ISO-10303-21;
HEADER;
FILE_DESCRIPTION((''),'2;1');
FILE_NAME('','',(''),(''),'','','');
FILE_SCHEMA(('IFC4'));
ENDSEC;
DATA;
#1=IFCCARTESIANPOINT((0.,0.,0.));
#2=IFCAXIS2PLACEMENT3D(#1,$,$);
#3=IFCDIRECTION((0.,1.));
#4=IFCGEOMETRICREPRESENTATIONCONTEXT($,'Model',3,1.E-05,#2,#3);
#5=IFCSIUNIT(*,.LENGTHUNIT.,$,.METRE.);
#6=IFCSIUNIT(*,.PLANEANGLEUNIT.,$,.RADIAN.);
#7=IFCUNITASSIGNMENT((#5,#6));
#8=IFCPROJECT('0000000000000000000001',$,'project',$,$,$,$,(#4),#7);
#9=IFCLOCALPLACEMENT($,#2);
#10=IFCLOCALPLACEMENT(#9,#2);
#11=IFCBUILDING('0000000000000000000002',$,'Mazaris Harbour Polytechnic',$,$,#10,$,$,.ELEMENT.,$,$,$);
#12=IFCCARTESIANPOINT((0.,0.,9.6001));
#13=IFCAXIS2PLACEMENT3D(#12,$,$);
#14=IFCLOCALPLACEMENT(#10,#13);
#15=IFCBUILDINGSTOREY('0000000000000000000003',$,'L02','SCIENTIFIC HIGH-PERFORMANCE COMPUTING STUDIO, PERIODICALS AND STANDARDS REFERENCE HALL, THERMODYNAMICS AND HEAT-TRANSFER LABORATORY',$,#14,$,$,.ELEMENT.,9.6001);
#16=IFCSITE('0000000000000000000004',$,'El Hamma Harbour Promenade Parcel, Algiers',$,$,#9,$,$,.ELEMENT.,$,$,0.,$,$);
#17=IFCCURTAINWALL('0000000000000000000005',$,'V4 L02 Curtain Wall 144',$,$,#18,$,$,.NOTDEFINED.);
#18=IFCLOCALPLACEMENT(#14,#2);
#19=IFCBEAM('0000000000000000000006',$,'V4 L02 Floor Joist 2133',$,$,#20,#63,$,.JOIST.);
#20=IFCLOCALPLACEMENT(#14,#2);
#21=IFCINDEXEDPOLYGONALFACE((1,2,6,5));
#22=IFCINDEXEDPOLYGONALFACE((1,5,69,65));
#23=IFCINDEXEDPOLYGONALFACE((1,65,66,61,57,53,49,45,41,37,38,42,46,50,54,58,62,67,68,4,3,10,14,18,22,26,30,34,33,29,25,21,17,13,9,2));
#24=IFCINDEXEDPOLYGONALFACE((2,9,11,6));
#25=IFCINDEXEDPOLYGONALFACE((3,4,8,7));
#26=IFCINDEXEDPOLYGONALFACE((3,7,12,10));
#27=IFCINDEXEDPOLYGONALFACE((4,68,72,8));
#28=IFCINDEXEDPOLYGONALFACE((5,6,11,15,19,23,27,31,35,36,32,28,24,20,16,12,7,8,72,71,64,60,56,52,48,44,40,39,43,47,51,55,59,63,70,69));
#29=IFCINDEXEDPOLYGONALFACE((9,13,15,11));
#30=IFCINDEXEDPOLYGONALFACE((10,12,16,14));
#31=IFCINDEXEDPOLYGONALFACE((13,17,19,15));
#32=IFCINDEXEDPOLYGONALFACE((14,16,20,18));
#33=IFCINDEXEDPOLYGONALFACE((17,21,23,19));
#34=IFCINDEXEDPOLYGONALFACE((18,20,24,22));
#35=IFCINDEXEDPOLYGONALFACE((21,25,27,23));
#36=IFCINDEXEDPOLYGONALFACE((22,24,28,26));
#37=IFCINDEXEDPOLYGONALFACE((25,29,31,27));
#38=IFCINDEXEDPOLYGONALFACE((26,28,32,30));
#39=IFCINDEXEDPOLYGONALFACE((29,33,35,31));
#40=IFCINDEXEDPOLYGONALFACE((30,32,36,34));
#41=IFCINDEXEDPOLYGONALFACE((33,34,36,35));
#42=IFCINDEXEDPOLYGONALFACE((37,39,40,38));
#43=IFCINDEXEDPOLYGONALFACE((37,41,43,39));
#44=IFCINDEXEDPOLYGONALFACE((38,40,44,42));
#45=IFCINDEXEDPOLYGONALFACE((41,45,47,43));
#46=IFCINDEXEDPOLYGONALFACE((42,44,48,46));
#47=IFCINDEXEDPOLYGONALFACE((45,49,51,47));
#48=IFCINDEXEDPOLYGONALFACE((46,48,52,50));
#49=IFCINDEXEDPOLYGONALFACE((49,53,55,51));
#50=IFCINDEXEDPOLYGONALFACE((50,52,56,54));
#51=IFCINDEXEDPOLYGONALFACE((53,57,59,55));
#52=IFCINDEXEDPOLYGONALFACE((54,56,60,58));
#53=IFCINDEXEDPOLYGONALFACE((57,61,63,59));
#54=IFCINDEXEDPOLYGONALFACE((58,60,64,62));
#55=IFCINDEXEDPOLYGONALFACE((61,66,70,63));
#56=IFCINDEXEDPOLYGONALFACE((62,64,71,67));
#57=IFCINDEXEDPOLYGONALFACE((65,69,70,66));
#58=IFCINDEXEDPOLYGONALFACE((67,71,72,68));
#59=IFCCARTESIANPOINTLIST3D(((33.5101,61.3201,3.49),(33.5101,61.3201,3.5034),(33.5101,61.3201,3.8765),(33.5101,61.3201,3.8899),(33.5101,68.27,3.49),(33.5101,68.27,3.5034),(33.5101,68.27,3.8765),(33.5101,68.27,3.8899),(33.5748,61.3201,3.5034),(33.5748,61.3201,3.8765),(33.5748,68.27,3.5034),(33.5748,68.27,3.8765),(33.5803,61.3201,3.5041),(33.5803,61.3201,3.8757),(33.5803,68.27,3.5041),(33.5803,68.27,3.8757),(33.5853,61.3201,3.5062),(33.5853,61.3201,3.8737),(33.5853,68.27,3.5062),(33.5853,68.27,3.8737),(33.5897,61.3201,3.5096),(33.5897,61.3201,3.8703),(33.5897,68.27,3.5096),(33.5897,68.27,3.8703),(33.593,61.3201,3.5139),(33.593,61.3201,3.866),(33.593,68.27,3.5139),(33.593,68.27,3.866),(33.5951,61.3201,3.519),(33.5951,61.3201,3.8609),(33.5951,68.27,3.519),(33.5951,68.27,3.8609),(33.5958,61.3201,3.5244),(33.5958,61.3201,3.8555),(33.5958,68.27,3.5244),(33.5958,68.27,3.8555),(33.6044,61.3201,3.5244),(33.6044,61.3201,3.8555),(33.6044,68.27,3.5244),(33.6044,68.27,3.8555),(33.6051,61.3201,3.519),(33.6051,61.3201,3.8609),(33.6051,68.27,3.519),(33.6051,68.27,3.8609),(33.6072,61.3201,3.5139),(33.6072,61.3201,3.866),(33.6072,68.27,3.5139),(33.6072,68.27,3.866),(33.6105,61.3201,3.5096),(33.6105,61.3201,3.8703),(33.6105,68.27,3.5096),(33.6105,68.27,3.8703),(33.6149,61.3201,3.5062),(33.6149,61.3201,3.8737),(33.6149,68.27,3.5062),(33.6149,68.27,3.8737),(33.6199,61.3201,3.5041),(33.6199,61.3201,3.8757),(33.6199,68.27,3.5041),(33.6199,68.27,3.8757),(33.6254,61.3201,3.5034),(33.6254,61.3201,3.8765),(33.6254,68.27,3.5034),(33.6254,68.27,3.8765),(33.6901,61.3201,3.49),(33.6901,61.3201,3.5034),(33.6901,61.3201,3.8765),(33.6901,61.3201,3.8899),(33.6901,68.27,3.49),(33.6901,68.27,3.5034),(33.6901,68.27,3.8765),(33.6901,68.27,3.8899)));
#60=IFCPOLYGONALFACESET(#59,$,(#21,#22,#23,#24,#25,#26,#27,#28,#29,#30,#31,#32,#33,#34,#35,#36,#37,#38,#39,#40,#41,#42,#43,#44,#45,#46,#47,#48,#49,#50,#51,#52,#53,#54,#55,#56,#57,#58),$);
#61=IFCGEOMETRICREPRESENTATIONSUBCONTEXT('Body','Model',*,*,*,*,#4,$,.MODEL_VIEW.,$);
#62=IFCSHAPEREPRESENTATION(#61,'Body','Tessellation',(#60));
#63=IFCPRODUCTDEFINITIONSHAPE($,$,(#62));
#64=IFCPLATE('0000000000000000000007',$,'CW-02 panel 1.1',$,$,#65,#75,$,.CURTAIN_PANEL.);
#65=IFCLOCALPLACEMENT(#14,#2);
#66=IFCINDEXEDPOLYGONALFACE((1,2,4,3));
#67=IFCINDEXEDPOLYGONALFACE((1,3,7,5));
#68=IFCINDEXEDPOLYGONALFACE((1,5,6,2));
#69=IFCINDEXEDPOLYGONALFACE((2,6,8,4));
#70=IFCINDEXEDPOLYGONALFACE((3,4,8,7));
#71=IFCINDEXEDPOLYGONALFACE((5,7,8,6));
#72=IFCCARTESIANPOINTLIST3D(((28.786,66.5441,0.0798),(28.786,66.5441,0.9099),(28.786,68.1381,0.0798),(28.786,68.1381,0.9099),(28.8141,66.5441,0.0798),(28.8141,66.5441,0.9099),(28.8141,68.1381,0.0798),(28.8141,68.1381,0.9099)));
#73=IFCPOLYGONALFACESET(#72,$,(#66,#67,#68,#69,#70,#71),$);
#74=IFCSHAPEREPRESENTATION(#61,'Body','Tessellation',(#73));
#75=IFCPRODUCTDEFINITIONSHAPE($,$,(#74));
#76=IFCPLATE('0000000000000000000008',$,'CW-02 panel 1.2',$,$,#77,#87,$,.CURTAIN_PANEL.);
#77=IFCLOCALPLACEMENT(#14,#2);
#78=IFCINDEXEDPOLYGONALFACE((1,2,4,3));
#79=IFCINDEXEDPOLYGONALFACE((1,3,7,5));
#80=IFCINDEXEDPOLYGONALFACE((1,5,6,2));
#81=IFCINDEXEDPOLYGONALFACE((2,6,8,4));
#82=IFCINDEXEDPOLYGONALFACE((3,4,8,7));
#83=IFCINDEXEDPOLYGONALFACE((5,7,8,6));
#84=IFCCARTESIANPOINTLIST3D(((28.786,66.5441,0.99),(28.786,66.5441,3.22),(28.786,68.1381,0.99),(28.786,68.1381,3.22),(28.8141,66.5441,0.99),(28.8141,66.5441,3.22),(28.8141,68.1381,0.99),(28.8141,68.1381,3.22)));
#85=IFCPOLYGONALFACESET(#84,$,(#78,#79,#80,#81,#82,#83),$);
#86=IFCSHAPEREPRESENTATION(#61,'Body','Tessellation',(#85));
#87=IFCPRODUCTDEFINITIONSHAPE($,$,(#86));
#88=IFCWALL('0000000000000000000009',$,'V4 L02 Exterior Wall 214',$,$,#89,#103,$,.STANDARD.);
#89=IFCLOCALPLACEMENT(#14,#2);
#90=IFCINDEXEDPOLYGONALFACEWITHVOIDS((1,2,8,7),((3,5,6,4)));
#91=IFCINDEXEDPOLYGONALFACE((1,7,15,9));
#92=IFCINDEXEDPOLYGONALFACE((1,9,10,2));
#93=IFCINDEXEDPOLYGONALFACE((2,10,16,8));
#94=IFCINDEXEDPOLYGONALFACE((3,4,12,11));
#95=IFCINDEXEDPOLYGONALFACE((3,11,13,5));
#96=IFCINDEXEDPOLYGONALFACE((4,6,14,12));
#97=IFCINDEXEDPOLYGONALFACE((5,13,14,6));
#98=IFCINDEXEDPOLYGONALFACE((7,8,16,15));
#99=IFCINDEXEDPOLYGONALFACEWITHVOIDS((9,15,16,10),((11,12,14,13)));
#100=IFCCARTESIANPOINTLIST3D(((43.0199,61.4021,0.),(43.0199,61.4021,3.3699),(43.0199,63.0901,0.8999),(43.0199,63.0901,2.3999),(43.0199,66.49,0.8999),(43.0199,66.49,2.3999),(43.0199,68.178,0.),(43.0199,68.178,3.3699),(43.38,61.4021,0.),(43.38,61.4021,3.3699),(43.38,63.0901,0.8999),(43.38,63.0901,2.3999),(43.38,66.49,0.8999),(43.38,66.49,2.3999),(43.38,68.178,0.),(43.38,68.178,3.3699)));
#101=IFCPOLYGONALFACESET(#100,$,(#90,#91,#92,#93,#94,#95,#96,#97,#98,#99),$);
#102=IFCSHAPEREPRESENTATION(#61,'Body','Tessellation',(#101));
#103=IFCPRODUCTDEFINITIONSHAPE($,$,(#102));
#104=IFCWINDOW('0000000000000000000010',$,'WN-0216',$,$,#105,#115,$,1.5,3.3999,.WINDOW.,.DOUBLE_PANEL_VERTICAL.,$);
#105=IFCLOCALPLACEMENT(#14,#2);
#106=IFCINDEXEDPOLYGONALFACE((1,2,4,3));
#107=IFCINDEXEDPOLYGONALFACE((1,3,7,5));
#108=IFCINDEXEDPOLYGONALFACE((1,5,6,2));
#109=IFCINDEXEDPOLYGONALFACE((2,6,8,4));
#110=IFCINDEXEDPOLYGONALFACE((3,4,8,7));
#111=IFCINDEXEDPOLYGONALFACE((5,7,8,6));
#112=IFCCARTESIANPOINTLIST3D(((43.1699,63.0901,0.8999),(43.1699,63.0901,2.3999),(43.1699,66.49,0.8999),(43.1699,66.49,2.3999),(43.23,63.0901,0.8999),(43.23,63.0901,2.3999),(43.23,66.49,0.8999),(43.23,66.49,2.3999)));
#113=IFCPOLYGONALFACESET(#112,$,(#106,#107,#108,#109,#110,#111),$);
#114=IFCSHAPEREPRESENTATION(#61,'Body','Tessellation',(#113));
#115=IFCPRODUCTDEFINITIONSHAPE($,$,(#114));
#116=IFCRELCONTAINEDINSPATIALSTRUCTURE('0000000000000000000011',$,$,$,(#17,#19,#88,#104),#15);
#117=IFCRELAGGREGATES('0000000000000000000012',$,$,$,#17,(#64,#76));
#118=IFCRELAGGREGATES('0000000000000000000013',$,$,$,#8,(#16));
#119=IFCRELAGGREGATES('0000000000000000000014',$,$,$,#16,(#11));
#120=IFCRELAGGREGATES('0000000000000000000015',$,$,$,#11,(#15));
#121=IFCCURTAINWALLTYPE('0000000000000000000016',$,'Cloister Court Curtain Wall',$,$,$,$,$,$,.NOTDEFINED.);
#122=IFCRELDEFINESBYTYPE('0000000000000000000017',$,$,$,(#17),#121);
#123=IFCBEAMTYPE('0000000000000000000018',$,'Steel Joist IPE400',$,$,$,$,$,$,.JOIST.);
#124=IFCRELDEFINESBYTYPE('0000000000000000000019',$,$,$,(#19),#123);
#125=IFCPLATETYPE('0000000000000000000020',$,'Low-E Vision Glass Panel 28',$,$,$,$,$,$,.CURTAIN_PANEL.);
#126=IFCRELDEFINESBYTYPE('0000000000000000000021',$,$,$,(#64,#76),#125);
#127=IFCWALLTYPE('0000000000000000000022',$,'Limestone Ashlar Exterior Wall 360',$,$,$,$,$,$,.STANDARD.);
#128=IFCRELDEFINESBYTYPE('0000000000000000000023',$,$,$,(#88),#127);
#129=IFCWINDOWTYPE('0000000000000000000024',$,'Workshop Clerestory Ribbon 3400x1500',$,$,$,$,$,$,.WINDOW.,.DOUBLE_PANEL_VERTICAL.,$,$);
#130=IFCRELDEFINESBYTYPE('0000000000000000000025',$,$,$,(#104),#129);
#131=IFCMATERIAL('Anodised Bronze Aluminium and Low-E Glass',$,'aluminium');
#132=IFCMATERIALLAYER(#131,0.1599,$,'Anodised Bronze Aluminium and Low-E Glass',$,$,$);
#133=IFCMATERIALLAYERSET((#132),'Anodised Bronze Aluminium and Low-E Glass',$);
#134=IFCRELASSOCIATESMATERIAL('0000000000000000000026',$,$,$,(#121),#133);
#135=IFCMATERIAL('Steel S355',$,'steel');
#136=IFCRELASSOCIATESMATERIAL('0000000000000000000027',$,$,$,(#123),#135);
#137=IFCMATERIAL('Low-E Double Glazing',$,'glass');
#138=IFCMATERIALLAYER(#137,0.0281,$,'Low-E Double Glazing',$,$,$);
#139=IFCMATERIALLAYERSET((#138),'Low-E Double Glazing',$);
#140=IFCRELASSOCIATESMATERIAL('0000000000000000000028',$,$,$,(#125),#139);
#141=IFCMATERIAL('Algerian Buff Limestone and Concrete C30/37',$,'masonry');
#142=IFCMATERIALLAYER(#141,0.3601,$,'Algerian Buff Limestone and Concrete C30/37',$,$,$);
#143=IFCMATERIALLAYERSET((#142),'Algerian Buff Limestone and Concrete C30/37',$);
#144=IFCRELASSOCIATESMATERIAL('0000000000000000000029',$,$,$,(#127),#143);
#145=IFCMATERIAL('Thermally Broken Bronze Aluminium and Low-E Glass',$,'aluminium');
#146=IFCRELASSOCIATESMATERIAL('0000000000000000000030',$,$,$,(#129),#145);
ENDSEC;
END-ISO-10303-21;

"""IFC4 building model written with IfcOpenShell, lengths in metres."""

from ifc_helpers import new_model, si_unit, direction, frame, frame_2d, origin, origin_2d, place, context, subcontext, project, spatial, rectangle, i_section, extrude, material, layer, layer_set, material_profile, profile_set, type_object, element, fill, aggregate, save


model = new_model("IFC4")

# Units and contexts
model_context = context("Model", 3, precision=1e-05, world=origin(), true_north=direction((0.0, 1.0)))
body_context = subcontext(model_context, "Body", "Model", "MODEL_VIEW")
ifc_project = project(units=[si_unit("LENGTHUNIT", "METRE"), si_unit("PLANEANGLEUNIT", "RADIAN")], contexts=[model_context])

# Site, building, storey
site_placement = place(None, origin())
site = spatial("IfcSite", under=ifc_project, at=site_placement, Name="El Hamma Harbour Promenade Parcel, Algiers", CompositionType="ELEMENT", RefElevation=0.0)
building_placement = place(site_placement, origin())
building = spatial("IfcBuilding", under=site, at=building_placement, Name="Mazaris Harbour Polytechnic", CompositionType="ELEMENT")
storey_placement = place(building_placement, frame((0.0, 0.0, 9.6001)))
storey = spatial("IfcBuildingStorey", under=building, at=storey_placement, Name="L02", Description="SCIENTIFIC HIGH-PERFORMANCE COMPUTING STUDIO, PERIODICALS AND STANDARDS REFERENCE HALL, THERMODYNAMICS AND HEAT-TRANSFER LABORATORY", CompositionType="ELEMENT", Elevation=9.6001)

# Curtain wall
ifc_material_1 = material(Name="Anodised Bronze Aluminium and Low-E Glass", Category="aluminium")
ifc_layer_1 = layer(ifc_material_1, 0.1599, Name="Anodised Bronze Aluminium and Low-E Glass")
ifc_layer_set_1 = layer_set([ifc_layer_1], Name="Anodised Bronze Aluminium and Low-E Glass")
curtain_wall_type = type_object("IfcCurtainWallType", Name="Cloister Court Curtain Wall", PredefinedType="NOTDEFINED", material=ifc_layer_set_1)
curtain_wall_placement = place(storey_placement, origin())
curtain_wall = element("IfcCurtainWall", 1, at=curtain_wall_placement, inside=storey, type_object=curtain_wall_type, Name="V4 L02 Curtain Wall 144", PredefinedType="NOTDEFINED")

# Beam
ifc_material_2 = material(Name="Steel S355", Category="steel")
ifc_material_profile_1 = material_profile(ifc_material_2, i_section(OverallWidth=0.1799, OverallDepth=0.3999, WebThickness=0.0085, FlangeThickness=0.0134, FilletRadius=0.021, at=origin_2d()), Name="IPE 400")
ifc_profile_set_1 = profile_set([ifc_material_profile_1], Name="Steel S355")
beam_type_1 = type_object("IfcBeamType", Name="Steel Joist IPE400", PredefinedType="JOIST", material=ifc_profile_set_1)
beam_1_placement = place(storey_placement, frame((33.6001, 61.3201, 3.6899), z_axis=(0.0, 1.0, 0.0), x_axis=(-1.0, 0.0, 0.0)))
element("IfcBeam", 2, at=beam_1_placement, inside=storey, type_object=beam_type_1, Name="V4 L02 Floor Joist 2133", PredefinedType="JOIST", context=body_context, shape_type="SweptSolid", body=[
    extrude(i_section(OverallWidth=0.1799, OverallDepth=0.3999, WebThickness=0.0085, FlangeThickness=0.0134, FilletRadius=0.021, at=origin_2d()), origin(), (0.0, 0.0, 1.0), 6.95),
])

# Plates
ifc_material_3 = material(Name="Low-E Double Glazing", Category="glass")
ifc_layer_2 = layer(ifc_material_3, 0.0281, Name="Low-E Double Glazing")
ifc_layer_set_2 = layer_set([ifc_layer_2], Name="Low-E Double Glazing")
plate_type = type_object("IfcPlateType", Name="Low-E Vision Glass Panel 28", PredefinedType="CURTAIN_PANEL", material=ifc_layer_set_2)
plate_1_placement = place(storey_placement, frame((28.8, 67.3411, 0.0798), z_axis=(0.0, 0.0, 1.0), x_axis=(0.0, -1.0, 0.0)))
plate_1 = element("IfcPlate", 3, at=plate_1_placement, type_object=plate_type, Name="CW-02 panel 1.1", PredefinedType="CURTAIN_PANEL", context=body_context, shape_type="SweptSolid", body=[
    extrude(rectangle(XDim=1.594, YDim=0.0281, at=origin_2d()), origin(), (0.0, 0.0, 1.0), 0.8301),
])
plate_2_placement = place(storey_placement, frame((28.8, 67.3411, 0.99), z_axis=(0.0, 0.0, 1.0), x_axis=(0.0, -1.0, 0.0)))
plate_2 = element("IfcPlate", 4, at=plate_2_placement, type_object=plate_type, Name="CW-02 panel 1.2", PredefinedType="CURTAIN_PANEL", context=body_context, shape_type="SweptSolid", body=[
    extrude(rectangle(XDim=1.594, YDim=0.0281, at=origin_2d()), origin(), (0.0, 0.0, 1.0), 2.23),
])
aggregate(curtain_wall, [plate_1, plate_2])

# Wall, opening, window
ifc_material_4 = material(Name="Algerian Buff Limestone and Concrete C30/37", Category="masonry")
ifc_layer_3 = layer(ifc_material_4, 0.3601, Name="Algerian Buff Limestone and Concrete C30/37")
ifc_layer_set_3 = layer_set([ifc_layer_3], Name="Algerian Buff Limestone and Concrete C30/37")
wall_type = type_object("IfcWallType", Name="Limestone Ashlar Exterior Wall 360", PredefinedType="STANDARD", material=ifc_layer_set_3)
wall_placement = place(storey_placement, frame((43.2, 68.178, 0.0), z_axis=(0.0, 0.0, 1.0), x_axis=(0.0, -1.0, 0.0)))
wall = element("IfcWall", 5, at=wall_placement, inside=storey, type_object=wall_type, Name="V4 L02 Exterior Wall 214", PredefinedType="STANDARD", context=body_context, shape_type="SweptSolid", body=[
    extrude(rectangle(XDim=6.7759, YDim=0.3601, at=frame_2d((3.3879, 0.0))), origin(), (0.0, 0.0, 1.0), 3.3699),
])
opening_placement = place(wall_placement, frame((1.688, 0.0, 0.8999)))
opening = element("IfcOpeningElement", 6, at=opening_placement, cuts=wall, PredefinedType="OPENING", context=body_context, shape_type="SweptSolid", body=[
    extrude(rectangle(XDim=3.3999, YDim=1.5, at=frame_2d((1.7, 0.75))), frame((0.0, 0.1899, 0.0), z_axis=(0.0, -1.0, 0.0), x_axis=(1.0, 0.0, 0.0)), (0.0, 0.0, 1.0), 0.3801),
])
ifc_material_5 = material(Name="Thermally Broken Bronze Aluminium and Low-E Glass", Category="aluminium")
window_type = type_object("IfcWindowType", Name="Workshop Clerestory Ribbon 3400x1500", PartitioningType="DOUBLE_PANEL_VERTICAL", PredefinedType="WINDOW", material=ifc_material_5)
window_placement = place(opening_placement, origin())
window = element("IfcWindow", 7, at=window_placement, inside=storey, type_object=window_type, Name="WN-0216", OverallHeight=1.5, OverallWidth=3.3999, PartitioningType="DOUBLE_PANEL_VERTICAL", PredefinedType="WINDOW", context=body_context, shape_type="SweptSolid", body=[
    extrude(rectangle(XDim=3.3999, YDim=1.5, at=frame_2d((1.7, 0.75))), frame((0.0, 0.03, 0.0), z_axis=(0.0, -1.0, 0.0), x_axis=(1.0, 0.0, 0.0)), (0.0, 0.0, 1.0), 0.0601),
])
fill(opening, window)

save(model, "model.ifc")
